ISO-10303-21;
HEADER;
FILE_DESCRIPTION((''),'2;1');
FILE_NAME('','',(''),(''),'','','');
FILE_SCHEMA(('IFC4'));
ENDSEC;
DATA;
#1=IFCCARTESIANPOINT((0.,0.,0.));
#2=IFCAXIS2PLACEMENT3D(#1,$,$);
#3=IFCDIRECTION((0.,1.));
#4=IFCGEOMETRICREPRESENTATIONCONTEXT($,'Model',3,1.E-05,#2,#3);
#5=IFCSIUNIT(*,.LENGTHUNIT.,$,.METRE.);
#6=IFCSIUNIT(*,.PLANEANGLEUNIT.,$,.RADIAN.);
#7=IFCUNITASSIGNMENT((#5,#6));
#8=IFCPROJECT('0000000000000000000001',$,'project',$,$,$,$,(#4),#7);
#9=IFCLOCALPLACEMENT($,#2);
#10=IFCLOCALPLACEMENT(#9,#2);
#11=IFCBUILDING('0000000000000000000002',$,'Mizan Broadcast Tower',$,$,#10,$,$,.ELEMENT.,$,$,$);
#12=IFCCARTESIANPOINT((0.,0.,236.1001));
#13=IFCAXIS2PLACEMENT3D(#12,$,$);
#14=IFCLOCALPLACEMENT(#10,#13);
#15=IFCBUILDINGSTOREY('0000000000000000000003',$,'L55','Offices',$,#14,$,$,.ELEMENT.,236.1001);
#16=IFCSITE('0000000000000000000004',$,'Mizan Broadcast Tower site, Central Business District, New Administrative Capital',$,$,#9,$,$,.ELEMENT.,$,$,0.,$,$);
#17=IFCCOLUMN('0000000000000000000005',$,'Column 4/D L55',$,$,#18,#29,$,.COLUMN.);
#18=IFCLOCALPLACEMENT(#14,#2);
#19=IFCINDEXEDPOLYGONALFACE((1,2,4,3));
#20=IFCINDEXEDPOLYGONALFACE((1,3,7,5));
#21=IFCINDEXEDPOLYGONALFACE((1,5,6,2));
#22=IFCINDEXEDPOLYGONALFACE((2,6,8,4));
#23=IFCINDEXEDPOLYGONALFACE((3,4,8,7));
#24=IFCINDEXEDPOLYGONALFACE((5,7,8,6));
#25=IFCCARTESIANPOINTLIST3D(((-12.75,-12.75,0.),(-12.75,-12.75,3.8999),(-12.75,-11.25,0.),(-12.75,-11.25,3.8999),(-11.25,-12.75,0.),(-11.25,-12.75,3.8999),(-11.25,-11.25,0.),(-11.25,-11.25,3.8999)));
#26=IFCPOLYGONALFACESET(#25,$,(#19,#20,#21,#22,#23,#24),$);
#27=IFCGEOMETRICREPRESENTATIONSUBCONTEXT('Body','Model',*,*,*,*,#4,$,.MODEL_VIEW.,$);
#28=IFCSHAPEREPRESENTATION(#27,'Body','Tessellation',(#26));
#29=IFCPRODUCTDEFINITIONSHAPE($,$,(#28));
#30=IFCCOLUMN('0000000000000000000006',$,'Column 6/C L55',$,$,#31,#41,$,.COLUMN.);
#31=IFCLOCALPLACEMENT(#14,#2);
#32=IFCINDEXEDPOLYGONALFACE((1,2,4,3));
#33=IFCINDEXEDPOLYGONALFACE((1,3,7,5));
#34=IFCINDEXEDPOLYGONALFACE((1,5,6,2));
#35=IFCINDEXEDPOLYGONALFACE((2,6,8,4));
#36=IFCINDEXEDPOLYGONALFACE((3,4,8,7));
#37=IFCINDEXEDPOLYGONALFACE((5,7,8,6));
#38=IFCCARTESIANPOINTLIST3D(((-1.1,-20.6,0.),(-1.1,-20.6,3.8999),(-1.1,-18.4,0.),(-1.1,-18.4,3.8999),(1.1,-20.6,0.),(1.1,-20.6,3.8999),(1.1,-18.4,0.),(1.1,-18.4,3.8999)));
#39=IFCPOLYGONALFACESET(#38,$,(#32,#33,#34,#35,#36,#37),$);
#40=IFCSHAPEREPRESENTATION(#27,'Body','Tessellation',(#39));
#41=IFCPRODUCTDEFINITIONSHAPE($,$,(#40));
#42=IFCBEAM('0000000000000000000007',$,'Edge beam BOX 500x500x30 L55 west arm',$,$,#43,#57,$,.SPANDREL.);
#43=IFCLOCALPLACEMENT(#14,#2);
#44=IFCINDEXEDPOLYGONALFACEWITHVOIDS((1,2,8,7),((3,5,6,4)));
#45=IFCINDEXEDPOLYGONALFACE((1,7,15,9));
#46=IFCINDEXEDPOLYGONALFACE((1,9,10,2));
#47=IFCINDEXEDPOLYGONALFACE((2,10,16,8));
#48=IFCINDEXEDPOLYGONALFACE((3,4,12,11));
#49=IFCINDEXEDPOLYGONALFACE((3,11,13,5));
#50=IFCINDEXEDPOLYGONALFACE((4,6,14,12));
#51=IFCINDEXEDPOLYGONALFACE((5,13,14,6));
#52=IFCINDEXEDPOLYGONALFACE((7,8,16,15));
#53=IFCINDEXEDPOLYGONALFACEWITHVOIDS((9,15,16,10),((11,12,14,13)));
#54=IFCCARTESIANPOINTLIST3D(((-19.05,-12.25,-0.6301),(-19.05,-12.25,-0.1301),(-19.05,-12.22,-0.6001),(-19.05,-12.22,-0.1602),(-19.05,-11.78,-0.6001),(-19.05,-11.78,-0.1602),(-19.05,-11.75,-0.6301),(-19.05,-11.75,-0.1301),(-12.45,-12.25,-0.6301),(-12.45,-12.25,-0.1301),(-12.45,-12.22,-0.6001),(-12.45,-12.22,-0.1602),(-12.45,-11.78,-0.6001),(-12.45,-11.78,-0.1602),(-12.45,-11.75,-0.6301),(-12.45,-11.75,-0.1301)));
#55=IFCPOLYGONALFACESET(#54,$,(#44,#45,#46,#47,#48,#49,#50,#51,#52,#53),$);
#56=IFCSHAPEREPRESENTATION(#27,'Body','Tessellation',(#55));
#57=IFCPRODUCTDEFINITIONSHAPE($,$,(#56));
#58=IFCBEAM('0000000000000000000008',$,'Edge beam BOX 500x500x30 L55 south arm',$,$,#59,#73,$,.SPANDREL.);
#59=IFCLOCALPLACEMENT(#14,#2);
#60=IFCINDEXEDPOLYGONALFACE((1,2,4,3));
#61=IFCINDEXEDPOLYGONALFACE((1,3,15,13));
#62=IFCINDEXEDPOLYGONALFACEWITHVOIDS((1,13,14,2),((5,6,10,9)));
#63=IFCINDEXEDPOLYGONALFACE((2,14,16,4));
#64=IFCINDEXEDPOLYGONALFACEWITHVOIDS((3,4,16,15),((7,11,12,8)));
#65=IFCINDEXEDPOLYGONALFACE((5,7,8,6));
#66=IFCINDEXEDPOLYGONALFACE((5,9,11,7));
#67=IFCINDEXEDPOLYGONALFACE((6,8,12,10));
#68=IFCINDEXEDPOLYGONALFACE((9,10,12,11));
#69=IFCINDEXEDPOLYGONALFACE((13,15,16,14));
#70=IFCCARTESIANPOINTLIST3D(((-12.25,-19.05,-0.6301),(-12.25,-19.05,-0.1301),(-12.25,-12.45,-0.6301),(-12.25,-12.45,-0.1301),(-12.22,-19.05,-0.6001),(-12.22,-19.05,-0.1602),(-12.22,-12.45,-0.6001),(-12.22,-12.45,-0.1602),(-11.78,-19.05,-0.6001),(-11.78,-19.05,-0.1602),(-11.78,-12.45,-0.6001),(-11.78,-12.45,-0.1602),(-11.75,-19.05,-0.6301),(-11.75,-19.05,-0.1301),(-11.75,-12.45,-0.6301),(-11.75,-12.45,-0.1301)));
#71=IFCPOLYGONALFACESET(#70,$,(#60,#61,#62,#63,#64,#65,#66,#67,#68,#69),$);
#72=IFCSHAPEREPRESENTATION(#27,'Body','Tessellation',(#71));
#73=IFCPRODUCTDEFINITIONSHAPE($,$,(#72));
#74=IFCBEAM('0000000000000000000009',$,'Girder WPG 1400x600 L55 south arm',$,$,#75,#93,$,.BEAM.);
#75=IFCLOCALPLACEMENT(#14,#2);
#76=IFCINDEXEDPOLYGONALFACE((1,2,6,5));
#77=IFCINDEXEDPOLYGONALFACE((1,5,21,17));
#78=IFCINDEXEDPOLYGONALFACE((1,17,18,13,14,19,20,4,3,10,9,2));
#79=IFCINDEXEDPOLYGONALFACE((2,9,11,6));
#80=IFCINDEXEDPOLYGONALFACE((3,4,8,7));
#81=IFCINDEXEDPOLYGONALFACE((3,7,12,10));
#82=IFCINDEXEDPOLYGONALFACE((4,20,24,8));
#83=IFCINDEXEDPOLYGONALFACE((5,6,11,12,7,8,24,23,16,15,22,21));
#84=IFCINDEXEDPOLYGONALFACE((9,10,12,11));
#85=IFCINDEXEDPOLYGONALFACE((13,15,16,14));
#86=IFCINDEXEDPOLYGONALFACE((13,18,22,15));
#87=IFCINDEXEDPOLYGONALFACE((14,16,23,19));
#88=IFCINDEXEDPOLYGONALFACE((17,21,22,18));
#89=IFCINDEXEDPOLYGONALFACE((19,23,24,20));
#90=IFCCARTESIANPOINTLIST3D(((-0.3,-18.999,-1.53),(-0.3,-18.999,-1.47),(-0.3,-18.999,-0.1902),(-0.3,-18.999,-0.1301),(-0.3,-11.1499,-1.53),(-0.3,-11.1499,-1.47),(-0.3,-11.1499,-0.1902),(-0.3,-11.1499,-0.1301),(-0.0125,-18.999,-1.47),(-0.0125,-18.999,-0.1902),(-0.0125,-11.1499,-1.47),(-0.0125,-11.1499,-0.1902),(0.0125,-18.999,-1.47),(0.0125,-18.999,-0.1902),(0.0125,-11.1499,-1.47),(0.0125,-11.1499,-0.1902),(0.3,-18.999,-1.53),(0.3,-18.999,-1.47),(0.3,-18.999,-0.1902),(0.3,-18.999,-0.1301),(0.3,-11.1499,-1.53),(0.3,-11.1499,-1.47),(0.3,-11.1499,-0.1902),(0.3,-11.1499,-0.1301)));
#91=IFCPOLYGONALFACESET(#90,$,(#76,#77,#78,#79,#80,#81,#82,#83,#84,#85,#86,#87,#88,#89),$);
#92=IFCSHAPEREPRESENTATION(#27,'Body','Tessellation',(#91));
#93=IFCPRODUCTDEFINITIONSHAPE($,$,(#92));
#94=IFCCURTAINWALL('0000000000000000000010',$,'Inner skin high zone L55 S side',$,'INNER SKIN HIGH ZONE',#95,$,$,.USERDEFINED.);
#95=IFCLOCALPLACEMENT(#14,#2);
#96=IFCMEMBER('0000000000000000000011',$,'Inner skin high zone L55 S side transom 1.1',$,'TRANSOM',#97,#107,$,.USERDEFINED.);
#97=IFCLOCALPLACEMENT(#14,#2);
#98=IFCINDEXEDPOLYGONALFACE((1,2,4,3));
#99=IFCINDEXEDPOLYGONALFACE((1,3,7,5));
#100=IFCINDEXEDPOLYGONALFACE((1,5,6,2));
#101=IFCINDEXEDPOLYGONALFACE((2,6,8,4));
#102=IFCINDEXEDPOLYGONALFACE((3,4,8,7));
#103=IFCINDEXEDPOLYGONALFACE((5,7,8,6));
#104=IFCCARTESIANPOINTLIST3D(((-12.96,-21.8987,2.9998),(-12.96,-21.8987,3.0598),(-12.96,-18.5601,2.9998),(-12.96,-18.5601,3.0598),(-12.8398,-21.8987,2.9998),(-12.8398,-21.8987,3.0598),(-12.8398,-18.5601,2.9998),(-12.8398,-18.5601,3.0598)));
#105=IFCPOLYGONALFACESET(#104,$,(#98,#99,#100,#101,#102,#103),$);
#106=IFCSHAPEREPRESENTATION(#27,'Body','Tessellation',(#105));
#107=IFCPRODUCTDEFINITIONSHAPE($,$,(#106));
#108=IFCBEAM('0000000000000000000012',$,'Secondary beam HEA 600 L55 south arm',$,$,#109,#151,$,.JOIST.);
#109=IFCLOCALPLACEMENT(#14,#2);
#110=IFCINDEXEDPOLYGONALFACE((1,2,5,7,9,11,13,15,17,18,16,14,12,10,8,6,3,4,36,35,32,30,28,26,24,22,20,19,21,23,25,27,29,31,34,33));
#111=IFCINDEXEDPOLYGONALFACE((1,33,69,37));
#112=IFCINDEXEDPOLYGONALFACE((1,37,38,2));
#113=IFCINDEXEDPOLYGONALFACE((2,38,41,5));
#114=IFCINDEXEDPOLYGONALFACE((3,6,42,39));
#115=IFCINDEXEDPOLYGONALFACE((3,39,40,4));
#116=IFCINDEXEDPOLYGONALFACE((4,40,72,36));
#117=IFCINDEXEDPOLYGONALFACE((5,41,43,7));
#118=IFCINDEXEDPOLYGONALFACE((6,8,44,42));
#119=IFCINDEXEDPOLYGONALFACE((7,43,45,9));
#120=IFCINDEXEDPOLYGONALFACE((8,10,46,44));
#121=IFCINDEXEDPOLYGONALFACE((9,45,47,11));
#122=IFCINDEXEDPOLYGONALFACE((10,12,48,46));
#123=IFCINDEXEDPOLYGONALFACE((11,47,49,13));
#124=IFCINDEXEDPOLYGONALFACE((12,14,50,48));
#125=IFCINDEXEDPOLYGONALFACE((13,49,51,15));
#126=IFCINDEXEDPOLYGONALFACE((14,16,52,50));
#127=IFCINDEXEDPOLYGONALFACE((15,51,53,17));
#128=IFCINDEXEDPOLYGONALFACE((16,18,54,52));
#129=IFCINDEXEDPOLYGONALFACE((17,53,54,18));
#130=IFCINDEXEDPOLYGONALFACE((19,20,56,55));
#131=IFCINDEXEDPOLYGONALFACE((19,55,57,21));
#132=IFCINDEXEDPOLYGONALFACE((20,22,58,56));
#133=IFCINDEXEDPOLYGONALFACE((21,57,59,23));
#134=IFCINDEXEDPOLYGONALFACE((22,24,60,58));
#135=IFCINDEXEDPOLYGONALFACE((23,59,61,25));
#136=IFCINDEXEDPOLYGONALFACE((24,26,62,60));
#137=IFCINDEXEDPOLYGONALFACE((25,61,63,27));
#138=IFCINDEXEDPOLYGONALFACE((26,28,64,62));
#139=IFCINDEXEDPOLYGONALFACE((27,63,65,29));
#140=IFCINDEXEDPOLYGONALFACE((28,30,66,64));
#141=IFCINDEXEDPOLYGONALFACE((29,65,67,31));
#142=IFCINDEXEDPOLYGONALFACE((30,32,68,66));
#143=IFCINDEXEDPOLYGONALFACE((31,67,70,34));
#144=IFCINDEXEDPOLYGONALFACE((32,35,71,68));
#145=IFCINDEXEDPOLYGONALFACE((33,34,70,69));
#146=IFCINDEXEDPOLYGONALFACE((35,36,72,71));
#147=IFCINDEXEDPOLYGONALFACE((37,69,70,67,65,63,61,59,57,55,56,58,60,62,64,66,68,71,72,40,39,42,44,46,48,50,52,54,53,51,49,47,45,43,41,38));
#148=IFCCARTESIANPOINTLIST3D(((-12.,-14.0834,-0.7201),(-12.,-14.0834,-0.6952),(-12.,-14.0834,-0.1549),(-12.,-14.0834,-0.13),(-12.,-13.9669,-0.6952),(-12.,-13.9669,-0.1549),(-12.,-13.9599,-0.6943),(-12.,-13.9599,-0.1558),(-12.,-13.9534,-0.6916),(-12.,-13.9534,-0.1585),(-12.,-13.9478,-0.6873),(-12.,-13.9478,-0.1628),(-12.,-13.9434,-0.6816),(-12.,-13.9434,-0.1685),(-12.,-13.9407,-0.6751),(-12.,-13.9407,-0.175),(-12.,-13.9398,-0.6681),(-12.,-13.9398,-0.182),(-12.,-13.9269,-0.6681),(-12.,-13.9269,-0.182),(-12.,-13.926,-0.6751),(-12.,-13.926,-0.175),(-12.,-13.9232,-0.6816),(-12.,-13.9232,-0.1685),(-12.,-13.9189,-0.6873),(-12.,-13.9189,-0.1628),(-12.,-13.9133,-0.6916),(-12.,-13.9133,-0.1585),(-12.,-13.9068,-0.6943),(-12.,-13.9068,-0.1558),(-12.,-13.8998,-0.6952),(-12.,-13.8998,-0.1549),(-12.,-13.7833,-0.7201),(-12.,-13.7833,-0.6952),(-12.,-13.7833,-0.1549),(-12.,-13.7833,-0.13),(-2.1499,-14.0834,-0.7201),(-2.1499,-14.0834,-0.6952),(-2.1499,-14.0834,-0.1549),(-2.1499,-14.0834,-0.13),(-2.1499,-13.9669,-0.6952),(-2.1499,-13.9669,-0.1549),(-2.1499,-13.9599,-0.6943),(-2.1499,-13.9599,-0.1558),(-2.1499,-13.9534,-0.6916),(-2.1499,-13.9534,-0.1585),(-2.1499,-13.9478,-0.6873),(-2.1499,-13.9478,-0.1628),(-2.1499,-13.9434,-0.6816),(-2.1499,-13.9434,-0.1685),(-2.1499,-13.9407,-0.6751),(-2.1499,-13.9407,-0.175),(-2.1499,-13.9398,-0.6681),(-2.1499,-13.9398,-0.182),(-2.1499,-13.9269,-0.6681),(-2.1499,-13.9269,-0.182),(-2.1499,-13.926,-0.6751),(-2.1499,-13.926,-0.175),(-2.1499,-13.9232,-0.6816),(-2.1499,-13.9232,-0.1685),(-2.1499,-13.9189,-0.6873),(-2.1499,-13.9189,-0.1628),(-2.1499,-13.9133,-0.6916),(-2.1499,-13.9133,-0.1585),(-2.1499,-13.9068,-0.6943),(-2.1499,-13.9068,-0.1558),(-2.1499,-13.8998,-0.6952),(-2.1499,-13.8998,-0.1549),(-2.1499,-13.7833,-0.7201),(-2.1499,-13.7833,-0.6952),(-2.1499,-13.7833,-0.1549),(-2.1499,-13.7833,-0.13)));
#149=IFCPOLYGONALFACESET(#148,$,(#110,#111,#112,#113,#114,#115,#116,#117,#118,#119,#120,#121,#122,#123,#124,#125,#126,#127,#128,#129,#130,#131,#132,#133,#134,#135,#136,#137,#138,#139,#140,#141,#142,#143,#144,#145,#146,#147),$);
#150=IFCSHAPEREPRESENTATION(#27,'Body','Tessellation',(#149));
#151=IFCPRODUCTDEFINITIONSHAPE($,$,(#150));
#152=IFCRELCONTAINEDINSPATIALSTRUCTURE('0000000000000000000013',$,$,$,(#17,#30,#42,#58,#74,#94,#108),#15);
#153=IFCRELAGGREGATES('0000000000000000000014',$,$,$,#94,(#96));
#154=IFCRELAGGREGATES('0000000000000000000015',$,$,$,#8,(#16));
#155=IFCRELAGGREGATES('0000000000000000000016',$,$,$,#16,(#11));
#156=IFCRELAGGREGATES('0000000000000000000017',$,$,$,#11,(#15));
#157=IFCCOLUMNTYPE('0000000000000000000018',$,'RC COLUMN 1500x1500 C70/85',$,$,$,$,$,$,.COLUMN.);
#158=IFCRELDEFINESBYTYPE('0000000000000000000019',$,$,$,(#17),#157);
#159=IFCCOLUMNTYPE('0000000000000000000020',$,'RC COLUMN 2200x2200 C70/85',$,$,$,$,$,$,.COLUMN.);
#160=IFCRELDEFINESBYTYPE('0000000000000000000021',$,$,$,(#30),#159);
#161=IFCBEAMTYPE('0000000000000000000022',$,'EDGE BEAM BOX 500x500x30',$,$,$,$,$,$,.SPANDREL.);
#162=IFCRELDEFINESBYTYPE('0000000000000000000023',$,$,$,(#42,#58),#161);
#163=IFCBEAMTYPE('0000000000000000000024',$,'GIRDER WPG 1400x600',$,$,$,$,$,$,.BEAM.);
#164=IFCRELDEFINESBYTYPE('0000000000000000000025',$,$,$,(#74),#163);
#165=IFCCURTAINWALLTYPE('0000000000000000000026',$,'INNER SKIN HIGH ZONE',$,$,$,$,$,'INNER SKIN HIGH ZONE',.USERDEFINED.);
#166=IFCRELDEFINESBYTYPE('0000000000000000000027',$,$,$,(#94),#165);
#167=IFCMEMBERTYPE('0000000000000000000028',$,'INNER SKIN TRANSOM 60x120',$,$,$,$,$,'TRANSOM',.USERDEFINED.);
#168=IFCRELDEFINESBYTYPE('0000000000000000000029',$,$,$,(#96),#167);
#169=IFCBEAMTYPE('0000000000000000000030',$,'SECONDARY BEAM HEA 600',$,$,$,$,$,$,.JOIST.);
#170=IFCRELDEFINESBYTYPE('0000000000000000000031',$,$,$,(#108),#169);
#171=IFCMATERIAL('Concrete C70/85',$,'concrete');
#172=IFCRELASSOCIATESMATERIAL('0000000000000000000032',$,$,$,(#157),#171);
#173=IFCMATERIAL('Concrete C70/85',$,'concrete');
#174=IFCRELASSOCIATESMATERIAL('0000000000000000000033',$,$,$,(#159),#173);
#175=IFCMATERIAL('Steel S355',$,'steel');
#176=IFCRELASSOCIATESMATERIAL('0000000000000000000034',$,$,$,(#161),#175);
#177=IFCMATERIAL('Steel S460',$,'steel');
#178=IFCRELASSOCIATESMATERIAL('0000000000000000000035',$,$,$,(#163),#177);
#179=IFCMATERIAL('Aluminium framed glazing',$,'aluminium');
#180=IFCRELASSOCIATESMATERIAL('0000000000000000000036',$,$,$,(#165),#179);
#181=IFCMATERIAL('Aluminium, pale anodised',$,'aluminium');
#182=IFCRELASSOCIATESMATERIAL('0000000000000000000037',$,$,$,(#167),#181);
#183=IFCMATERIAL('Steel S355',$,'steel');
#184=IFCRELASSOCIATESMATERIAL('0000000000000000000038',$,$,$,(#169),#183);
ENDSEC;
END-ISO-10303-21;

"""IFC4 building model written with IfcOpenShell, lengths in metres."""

from ifc_helpers import new_model, si_unit, direction, frame, origin, origin_2d, place, context, subcontext, project, spatial, rectangle, hollow_rectangle, i_section, extrude, material, material_profile, profile_set, type_object, element, aggregate, save


model = new_model("IFC4")

# Units and contexts
model_context = context("Model", 3, precision=1e-05, world=origin(), true_north=direction((0.0, 1.0)))
body_context = subcontext(model_context, "Body", "Model", "MODEL_VIEW")
ifc_project = project(units=[si_unit("LENGTHUNIT", "METRE"), si_unit("PLANEANGLEUNIT", "RADIAN")], contexts=[model_context])

# Site, building, storey
site_placement = place(None, origin())
site = spatial("IfcSite", under=ifc_project, at=site_placement, Name="Mizan Broadcast Tower site, Central Business District, New Administrative Capital", CompositionType="ELEMENT", RefElevation=0.0)
building_placement = place(site_placement, origin())
building = spatial("IfcBuilding", under=site, at=building_placement, Name="Mizan Broadcast Tower", CompositionType="ELEMENT")
storey_placement = place(building_placement, frame((0.0, 0.0, 236.1001)))
storey = spatial("IfcBuildingStorey", under=building, at=storey_placement, Name="L55", Description="Offices", CompositionType="ELEMENT", Elevation=236.1001)

# Columns
ifc_material_1 = material(Name="Concrete C70/85", Category="concrete")
ifc_material_profile_1 = material_profile(ifc_material_1, rectangle(XDim=1.5, YDim=1.5, at=origin_2d()), Name="RC 1500x1500")
ifc_profile_set_1 = profile_set([ifc_material_profile_1], Name="Concrete C70/85")
column_type_1 = type_object("IfcColumnType", Name="RC COLUMN 1500x1500 C70/85", PredefinedType="COLUMN", material=ifc_profile_set_1)
column_1_placement = place(storey_placement, frame((-12.0, -12.0, 0.0), z_axis=(0.0, 0.0, 1.0), x_axis=(1.0, 0.0, 0.0)))
element("IfcColumn", 1, at=column_1_placement, inside=storey, type_object=column_type_1, Name="Column 4/D L55", PredefinedType="COLUMN", context=body_context, shape_type="SweptSolid", body=[
    extrude(rectangle(XDim=1.5, YDim=1.5, at=origin_2d()), origin(), (0.0, 0.0, 1.0), 3.8999),
])
ifc_material_2 = material(Name="Concrete C70/85", Category="concrete")
ifc_material_profile_2 = material_profile(ifc_material_2, rectangle(XDim=2.2, YDim=2.2, at=origin_2d()), Name="RC 2200x2200")
ifc_profile_set_2 = profile_set([ifc_material_profile_2], Name="Concrete C70/85")
column_type_2 = type_object("IfcColumnType", Name="RC COLUMN 2200x2200 C70/85", PredefinedType="COLUMN", material=ifc_profile_set_2)
column_2_placement = place(storey_placement, frame((0.0, -19.5, 0.0), z_axis=(0.0, 0.0, 1.0), x_axis=(1.0, 0.0, 0.0)))
element("IfcColumn", 2, at=column_2_placement, inside=storey, type_object=column_type_2, Name="Column 6/C L55", PredefinedType="COLUMN", context=body_context, shape_type="SweptSolid", body=[
    extrude(rectangle(XDim=2.2, YDim=2.2, at=origin_2d()), origin(), (0.0, 0.0, 1.0), 3.8999),
])

# Beams
ifc_material_3 = material(Name="Steel S355", Category="steel")
ifc_material_profile_3 = material_profile(ifc_material_3, hollow_rectangle(XDim=0.5, YDim=0.5, WallThickness=0.03, at=origin_2d()), Name="BOX 500x500x30")
ifc_profile_set_3 = profile_set([ifc_material_profile_3], Name="Steel S355")
beam_type_1 = type_object("IfcBeamType", Name="EDGE BEAM BOX 500x500x30", PredefinedType="SPANDREL", material=ifc_profile_set_3)
for number, where, z_axis, x_axis, name in (
    (3, (-12.45, -12.0, -0.3801), (-1.0, 0.0, 0.0), (0.0, -1.0, 0.0), "Edge beam BOX 500x500x30 L55 west arm"),
    (4, (-12.0, -12.45, -0.3801), (0.0, -1.0, 0.0), (1.0, 0.0, 0.0), "Edge beam BOX 500x500x30 L55 south arm"),
):
    element("IfcBeam", number, at=place(storey_placement, frame(where, z_axis=z_axis, x_axis=x_axis)), inside=storey, type_object=beam_type_1, Name=name, PredefinedType="SPANDREL", context=body_context, shape_type="SweptSolid", body=[
        extrude(hollow_rectangle(XDim=0.5, YDim=0.5, WallThickness=0.03, at=origin_2d()), origin(), (0.0, 0.0, 1.0), 6.6001),
    ])
ifc_material_4 = material(Name="Steel S460", Category="steel")
ifc_material_profile_4 = material_profile(ifc_material_4, i_section(OverallWidth=0.6001, OverallDepth=1.3999, WebThickness=0.0249, FlangeThickness=0.0601, at=origin_2d()), Name="WPG 1400x600")
ifc_profile_set_4 = profile_set([ifc_material_profile_4], Name="Steel S460")
beam_type_2 = type_object("IfcBeamType", Name="GIRDER WPG 1400x600", PredefinedType="BEAM", material=ifc_profile_set_4)
beam_1_placement = place(storey_placement, frame((0.0, -11.1499, -0.8301), z_axis=(0.0, -1.0, 0.0), x_axis=(1.0, 0.0, 0.0)))
element("IfcBeam", 5, at=beam_1_placement, inside=storey, type_object=beam_type_2, Name="Girder WPG 1400x600 L55 south arm", PredefinedType="BEAM", context=body_context, shape_type="SweptSolid", body=[
    extrude(i_section(OverallWidth=0.6001, OverallDepth=1.3999, WebThickness=0.0249, FlangeThickness=0.0601, at=origin_2d()), origin(), (0.0, 0.0, 1.0), 7.8491),
])

# Curtain wall, member
ifc_material_5 = material(Name="Aluminium framed glazing", Category="aluminium")
curtain_wall_type = type_object("IfcCurtainWallType", Name="INNER SKIN HIGH ZONE", ElementType="INNER SKIN HIGH ZONE", PredefinedType="USERDEFINED", material=ifc_material_5)
curtain_wall_placement = place(storey_placement, origin())
curtain_wall = element("IfcCurtainWall", 6, at=curtain_wall_placement, inside=storey, type_object=curtain_wall_type, Name="Inner skin high zone L55 S side", ObjectType="INNER SKIN HIGH ZONE", PredefinedType="USERDEFINED")
ifc_material_6 = material(Name="Aluminium, pale anodised", Category="aluminium")
ifc_material_profile_5 = material_profile(ifc_material_6, rectangle(XDim=0.1201, YDim=0.0601, at=origin_2d()), Name="TRANSOM 120x60")
ifc_profile_set_5 = profile_set([ifc_material_profile_5], Name="Aluminium, pale anodised")
member_type = type_object("IfcMemberType", Name="INNER SKIN TRANSOM 60x120", ElementType="TRANSOM", PredefinedType="USERDEFINED", material=ifc_profile_set_5)
member_placement = place(storey_placement, frame((-12.8999, -18.5601, 3.0298), z_axis=(0.0, -1.0, 0.0), x_axis=(1.0, 0.0, 0.0)))
member = element("IfcMember", 7, at=member_placement, type_object=member_type, Name="Inner skin high zone L55 S side transom 1.1", ObjectType="TRANSOM", PredefinedType="USERDEFINED", context=body_context, shape_type="SweptSolid", body=[
    extrude(rectangle(XDim=0.1201, YDim=0.0601, at=origin_2d()), origin(), (0.0, 0.0, 1.0), 3.3386),
])
aggregate(curtain_wall, [member])

# Beam
ifc_material_7 = material(Name="Steel S355", Category="steel")
ifc_material_profile_6 = material_profile(ifc_material_7, i_section(OverallWidth=0.3, OverallDepth=0.5901, WebThickness=0.0129, FlangeThickness=0.0249, FilletRadius=0.0271, at=origin_2d()), Name="HEA 600")
ifc_profile_set_6 = profile_set([ifc_material_profile_6], Name="Steel S355")
beam_type_3 = type_object("IfcBeamType", Name="SECONDARY BEAM HEA 600", PredefinedType="JOIST", material=ifc_profile_set_6)
for number, where, z_axis, x_axis, name in (
    (8, (-12.0, -13.9333, -0.425), (1.0, 0.0, 0.0), (0.0, 1.0, 0.0), "Secondary beam HEA 600 L55 south arm"),
):
    element("IfcBeam", number, at=place(storey_placement, frame(where, z_axis=z_axis, x_axis=x_axis)), inside=storey, type_object=beam_type_3, Name=name, PredefinedType="JOIST", context=body_context, shape_type="SweptSolid", body=[
        extrude(i_section(OverallWidth=0.3, OverallDepth=0.5901, WebThickness=0.0129, FlangeThickness=0.0249, FilletRadius=0.0271, at=origin_2d()), origin(), (0.0, 0.0, 1.0), 9.8501),
    ])

save(model, "model.ifc")
